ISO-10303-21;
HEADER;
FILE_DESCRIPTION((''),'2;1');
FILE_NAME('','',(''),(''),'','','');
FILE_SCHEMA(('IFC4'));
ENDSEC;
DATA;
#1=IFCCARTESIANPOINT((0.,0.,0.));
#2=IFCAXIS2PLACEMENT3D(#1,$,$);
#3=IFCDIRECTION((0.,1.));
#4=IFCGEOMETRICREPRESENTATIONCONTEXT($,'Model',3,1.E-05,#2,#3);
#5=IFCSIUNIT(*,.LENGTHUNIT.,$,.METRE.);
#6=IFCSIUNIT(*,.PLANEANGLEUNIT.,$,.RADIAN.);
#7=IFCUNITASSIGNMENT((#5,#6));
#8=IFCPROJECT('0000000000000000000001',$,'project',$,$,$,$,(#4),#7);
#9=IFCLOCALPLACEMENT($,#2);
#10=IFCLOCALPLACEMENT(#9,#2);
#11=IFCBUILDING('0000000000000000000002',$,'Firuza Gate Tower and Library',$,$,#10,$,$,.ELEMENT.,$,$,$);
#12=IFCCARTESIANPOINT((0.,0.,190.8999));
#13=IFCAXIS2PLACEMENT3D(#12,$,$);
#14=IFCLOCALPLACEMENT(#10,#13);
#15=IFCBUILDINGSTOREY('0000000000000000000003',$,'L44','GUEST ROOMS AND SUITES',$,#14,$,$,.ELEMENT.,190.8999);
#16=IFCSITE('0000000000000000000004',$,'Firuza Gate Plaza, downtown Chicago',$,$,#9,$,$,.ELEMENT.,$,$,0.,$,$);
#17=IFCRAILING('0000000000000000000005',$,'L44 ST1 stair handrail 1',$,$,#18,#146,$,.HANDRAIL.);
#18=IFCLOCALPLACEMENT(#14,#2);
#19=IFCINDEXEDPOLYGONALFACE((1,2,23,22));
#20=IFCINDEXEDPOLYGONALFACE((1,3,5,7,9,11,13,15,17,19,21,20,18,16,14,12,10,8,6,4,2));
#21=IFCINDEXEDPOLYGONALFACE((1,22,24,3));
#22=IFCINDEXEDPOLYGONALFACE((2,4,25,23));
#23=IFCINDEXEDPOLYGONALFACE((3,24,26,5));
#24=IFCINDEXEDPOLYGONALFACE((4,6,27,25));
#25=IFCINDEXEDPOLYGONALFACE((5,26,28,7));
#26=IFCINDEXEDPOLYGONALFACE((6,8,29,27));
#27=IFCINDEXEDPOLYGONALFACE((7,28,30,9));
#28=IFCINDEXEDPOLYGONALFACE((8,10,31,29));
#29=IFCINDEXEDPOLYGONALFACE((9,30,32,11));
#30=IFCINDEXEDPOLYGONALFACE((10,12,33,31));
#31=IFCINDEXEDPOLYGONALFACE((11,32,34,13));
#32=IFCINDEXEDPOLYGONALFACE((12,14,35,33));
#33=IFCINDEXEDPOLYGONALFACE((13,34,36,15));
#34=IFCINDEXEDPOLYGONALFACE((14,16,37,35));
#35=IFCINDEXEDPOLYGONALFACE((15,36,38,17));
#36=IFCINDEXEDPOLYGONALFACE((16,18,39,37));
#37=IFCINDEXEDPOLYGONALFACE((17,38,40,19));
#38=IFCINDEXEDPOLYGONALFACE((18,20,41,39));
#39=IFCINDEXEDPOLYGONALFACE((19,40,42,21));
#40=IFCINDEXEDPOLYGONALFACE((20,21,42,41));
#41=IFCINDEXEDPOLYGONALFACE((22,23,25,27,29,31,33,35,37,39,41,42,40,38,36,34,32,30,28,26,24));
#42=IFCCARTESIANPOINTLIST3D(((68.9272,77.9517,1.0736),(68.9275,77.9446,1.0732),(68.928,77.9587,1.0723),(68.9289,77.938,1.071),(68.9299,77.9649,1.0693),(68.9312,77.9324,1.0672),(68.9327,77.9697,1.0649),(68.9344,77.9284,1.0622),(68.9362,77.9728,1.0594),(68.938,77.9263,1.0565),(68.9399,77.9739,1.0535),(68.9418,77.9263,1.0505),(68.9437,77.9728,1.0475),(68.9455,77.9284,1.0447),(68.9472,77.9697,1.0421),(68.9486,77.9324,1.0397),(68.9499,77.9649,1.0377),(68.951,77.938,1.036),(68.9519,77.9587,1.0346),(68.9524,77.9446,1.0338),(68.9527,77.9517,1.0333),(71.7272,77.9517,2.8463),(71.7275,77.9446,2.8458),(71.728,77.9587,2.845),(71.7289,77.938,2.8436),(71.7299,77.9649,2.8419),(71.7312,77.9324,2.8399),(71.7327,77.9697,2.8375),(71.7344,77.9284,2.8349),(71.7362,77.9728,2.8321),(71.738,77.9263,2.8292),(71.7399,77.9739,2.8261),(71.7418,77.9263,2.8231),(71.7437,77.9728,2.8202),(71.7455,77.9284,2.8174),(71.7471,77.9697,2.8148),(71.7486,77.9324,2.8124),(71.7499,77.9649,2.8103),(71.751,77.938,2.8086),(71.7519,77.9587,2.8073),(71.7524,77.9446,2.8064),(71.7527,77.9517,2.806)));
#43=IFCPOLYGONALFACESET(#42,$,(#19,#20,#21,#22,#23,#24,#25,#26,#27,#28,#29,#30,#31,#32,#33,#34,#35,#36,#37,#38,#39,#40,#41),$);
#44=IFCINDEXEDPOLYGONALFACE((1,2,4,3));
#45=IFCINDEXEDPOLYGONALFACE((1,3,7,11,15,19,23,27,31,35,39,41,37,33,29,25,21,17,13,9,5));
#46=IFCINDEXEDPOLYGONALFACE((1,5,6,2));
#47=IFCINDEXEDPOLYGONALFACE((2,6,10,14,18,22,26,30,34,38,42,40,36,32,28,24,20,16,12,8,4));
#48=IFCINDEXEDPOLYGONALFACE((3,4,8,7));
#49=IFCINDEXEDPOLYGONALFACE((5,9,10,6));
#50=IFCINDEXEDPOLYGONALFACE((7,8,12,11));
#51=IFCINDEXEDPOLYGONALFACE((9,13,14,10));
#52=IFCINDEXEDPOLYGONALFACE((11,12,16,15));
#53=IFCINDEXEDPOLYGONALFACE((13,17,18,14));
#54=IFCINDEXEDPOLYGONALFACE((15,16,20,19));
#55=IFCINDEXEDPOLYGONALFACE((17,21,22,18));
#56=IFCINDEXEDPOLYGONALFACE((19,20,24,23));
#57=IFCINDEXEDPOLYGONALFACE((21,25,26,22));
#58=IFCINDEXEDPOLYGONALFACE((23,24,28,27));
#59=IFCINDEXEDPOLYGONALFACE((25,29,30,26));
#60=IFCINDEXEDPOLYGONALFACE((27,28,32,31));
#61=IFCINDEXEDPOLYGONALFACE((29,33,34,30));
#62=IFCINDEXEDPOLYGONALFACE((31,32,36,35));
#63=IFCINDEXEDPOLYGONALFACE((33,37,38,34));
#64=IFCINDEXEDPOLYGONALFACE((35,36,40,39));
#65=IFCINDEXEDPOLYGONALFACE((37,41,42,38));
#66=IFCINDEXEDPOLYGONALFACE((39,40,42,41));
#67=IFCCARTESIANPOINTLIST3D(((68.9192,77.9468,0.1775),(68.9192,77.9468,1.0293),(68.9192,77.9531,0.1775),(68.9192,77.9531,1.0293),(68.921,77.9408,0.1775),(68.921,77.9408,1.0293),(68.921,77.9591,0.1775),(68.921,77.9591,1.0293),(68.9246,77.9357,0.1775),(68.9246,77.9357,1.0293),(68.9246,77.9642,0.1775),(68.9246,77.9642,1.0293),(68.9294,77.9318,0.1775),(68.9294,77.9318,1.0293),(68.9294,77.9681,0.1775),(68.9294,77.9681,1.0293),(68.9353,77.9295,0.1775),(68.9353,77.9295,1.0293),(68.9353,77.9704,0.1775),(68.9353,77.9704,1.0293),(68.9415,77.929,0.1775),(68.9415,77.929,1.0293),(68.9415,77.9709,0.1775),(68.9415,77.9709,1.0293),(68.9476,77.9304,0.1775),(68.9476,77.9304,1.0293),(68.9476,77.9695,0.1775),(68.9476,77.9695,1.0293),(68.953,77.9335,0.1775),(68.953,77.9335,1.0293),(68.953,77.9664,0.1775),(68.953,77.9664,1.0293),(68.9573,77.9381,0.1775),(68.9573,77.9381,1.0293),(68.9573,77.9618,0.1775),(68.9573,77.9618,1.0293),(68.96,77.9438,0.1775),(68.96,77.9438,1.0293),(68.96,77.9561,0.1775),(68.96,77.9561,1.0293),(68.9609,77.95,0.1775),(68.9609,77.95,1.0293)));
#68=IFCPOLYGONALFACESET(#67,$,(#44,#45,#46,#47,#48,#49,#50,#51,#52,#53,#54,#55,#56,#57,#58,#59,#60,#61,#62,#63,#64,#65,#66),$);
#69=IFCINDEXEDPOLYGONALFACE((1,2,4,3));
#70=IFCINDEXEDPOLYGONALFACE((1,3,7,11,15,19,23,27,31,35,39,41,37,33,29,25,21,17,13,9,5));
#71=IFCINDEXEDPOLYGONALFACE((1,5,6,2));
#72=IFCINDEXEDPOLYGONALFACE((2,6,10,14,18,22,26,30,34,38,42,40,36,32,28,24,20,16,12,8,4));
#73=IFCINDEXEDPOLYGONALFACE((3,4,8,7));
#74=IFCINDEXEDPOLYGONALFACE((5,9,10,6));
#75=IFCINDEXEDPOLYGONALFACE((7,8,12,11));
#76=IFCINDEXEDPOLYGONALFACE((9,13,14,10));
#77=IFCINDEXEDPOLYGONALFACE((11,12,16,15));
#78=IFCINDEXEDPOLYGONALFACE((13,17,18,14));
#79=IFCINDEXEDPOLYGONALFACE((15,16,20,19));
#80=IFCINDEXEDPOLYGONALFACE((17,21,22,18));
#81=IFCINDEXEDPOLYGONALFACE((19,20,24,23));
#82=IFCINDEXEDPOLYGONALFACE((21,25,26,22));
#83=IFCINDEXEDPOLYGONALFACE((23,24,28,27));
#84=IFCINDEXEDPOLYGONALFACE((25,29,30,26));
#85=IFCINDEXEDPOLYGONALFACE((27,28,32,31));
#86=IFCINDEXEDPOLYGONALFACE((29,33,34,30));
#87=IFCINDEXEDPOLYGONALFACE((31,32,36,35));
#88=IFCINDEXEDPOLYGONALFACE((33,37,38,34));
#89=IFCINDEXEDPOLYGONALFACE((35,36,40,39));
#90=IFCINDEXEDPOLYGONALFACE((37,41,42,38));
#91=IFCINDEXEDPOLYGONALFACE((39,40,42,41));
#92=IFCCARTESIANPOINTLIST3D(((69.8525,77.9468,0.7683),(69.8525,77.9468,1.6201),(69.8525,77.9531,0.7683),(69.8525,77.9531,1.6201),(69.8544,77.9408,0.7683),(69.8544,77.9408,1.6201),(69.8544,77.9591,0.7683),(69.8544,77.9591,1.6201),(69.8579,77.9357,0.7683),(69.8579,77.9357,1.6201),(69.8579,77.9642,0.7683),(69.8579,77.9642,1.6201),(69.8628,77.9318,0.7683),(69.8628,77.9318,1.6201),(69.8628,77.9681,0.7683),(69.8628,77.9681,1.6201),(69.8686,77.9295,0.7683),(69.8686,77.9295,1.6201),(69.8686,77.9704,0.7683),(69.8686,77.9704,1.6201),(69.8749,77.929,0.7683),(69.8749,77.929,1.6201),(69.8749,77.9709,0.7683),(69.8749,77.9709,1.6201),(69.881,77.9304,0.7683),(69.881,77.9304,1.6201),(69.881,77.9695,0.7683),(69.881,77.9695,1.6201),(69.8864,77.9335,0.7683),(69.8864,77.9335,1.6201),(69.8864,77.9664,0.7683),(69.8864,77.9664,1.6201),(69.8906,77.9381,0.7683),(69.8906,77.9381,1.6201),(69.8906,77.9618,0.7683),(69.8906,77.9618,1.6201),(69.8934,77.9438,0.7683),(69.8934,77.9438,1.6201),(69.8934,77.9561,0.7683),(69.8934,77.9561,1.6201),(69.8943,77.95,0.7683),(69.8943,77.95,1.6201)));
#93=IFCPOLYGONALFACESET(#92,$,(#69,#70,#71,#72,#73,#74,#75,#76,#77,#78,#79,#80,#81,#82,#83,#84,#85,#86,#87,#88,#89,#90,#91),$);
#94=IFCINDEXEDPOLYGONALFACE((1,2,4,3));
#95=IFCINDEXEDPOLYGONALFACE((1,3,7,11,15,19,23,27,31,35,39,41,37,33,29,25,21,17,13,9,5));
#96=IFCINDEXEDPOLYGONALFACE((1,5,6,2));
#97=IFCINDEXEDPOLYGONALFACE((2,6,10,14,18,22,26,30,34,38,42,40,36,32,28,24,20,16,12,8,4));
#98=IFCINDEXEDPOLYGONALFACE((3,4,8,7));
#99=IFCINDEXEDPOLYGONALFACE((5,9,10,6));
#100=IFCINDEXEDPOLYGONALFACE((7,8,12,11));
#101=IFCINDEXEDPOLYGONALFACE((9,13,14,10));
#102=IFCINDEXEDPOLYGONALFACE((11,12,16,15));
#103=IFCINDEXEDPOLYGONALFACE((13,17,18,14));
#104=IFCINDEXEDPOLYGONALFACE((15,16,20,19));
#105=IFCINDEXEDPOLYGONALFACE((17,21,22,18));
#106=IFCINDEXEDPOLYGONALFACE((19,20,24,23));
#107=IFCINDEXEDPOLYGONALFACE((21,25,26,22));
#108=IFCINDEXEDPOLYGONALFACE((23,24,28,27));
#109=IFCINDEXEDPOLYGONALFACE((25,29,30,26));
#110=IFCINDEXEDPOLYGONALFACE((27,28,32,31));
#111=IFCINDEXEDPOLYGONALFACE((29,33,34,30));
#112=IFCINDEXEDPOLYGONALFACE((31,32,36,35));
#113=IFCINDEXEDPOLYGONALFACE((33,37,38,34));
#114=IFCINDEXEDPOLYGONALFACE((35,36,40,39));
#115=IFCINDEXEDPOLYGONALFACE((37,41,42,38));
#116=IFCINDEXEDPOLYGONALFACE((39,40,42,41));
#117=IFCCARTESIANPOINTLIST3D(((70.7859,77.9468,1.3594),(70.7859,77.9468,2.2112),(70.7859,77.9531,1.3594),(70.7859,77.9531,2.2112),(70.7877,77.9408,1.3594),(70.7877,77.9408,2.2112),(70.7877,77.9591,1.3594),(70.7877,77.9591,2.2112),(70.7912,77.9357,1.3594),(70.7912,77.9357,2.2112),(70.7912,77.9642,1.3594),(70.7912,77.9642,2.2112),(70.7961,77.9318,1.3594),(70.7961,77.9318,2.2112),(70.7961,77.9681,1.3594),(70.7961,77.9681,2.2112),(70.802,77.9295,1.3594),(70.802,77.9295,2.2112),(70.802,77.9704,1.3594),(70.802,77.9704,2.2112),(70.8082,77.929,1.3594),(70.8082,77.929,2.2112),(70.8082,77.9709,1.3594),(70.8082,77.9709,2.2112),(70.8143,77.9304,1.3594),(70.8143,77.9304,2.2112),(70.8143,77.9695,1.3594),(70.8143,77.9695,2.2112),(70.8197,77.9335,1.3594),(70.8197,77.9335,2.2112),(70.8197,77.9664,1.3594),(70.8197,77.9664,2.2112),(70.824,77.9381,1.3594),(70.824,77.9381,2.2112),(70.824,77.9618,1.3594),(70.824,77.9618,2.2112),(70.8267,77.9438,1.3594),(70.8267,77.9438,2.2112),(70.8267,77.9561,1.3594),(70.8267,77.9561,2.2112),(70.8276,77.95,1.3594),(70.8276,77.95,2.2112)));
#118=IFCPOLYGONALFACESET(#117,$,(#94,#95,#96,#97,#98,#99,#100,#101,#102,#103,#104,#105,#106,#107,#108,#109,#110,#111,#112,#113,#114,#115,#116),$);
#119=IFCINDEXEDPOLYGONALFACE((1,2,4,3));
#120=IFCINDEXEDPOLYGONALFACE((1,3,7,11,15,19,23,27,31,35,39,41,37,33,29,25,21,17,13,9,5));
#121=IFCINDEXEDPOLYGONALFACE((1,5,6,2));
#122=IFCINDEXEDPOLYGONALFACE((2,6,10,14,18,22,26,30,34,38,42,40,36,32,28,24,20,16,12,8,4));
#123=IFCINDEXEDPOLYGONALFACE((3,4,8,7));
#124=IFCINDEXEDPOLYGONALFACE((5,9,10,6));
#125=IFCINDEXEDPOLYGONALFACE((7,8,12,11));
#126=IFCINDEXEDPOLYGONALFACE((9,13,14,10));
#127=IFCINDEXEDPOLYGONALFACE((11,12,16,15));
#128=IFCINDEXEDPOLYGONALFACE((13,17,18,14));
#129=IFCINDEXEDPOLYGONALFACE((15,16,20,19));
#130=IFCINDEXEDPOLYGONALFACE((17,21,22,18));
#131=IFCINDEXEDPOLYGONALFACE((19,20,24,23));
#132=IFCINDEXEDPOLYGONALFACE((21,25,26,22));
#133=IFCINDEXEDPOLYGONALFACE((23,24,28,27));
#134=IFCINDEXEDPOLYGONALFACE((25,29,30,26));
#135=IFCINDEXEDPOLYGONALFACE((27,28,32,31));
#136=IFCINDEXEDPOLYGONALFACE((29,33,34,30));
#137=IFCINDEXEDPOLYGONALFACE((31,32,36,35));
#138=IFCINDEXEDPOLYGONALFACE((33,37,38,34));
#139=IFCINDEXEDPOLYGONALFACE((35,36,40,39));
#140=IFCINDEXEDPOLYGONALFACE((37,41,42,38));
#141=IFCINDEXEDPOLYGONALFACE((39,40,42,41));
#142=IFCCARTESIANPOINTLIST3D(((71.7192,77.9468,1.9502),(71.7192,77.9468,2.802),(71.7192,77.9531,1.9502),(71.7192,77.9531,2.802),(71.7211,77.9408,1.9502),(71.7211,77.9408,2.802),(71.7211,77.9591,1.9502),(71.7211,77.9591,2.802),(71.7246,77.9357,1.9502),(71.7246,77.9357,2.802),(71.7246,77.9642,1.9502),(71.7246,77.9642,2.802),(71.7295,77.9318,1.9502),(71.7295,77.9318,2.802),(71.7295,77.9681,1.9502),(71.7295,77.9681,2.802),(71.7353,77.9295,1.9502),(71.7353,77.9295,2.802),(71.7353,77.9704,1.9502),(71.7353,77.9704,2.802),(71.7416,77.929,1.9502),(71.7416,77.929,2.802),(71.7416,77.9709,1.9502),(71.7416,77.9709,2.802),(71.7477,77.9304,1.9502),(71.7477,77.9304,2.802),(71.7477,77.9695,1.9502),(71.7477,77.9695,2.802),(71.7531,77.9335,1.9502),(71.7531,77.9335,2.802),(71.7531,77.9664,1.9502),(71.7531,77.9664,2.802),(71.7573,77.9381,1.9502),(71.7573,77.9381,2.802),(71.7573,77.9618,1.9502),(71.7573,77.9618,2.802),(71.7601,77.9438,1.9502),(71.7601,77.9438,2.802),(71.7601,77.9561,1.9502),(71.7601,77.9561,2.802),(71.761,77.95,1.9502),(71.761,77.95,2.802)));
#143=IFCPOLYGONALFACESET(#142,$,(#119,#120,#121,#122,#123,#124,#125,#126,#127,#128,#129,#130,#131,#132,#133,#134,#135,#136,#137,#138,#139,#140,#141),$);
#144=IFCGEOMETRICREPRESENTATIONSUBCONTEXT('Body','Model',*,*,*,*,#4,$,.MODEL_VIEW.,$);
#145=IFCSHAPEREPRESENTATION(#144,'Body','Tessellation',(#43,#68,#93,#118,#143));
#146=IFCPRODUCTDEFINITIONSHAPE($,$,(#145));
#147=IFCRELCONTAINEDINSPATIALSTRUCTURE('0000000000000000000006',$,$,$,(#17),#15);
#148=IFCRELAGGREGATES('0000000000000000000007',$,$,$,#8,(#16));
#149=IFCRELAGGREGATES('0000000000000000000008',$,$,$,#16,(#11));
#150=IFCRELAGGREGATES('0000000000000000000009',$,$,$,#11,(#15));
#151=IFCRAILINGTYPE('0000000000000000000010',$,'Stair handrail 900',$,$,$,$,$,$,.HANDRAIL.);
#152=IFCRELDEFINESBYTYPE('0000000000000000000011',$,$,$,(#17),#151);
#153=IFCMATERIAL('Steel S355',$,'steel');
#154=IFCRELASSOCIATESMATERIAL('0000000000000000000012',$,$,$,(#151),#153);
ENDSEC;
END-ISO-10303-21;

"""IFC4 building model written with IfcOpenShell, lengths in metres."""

from ifc_helpers import new_model, si_unit, direction, frame, origin, origin_2d, place, context, subcontext, project, spatial, circle, extrude, material, type_object, element, save


model = new_model("IFC4")

# Units and contexts
model_context = context("Model", 3, precision=1e-05, world=origin(), true_north=direction((0.0, 1.0)))
body_context = subcontext(model_context, "Body", "Model", "MODEL_VIEW")
ifc_project = project(units=[si_unit("LENGTHUNIT", "METRE"), si_unit("PLANEANGLEUNIT", "RADIAN")], contexts=[model_context])

# Site, building, storey
site_placement = place(None, origin())
site = spatial("IfcSite", under=ifc_project, at=site_placement, Name="Firuza Gate Plaza, downtown Chicago", CompositionType="ELEMENT", RefElevation=0.0)
building_placement = place(site_placement, origin())
building = spatial("IfcBuilding", under=site, at=building_placement, Name="Firuza Gate Tower and Library", CompositionType="ELEMENT")
storey_placement = place(building_placement, frame((0.0, 0.0, 190.8999)))
storey = spatial("IfcBuildingStorey", under=building, at=storey_placement, Name="L44", Description="GUEST ROOMS AND SUITES", CompositionType="ELEMENT", Elevation=190.8999)

# Railing
ifc_material_1 = material(Name="Steel S355", Category="steel")
railing_type_1 = type_object("IfcRailingType", Name="Stair handrail 900", PredefinedType="HANDRAIL", material=ifc_material_1)
railing_1_placement = place(storey_placement, frame((68.9399, 77.95, 0.1775)))
element("IfcRailing", 1, at=railing_1_placement, inside=storey, type_object=railing_type_1, Name="L44 ST1 stair handrail 1", PredefinedType="HANDRAIL", context=body_context, shape_type="SweptSolid", body=[
    extrude(circle(Radius=0.0239, at=origin_2d()), frame((0.0, 0.0, 0.876), z_axis=(0.844909, 0.0, 0.53491), x_axis=(0.0, 1.0, 0.0)), (0.0, 0.0, 1.0), 3.314),
    extrude(circle(Radius=0.021, at=origin_2d()), origin(), (0.0, 0.0, 1.0), 0.8518),
    extrude(circle(Radius=0.021, at=origin_2d()), frame((0.9333, 0.0, 0.5908)), (0.0, 0.0, 1.0), 0.8518),
    extrude(circle(Radius=0.021, at=origin_2d()), frame((1.8667, 0.0, 1.1819)), (0.0, 0.0, 1.0), 0.8518),
    extrude(circle(Radius=0.021, at=origin_2d()), frame((2.8, 0.0, 1.7727)), (0.0, 0.0, 1.0), 0.8518),
])

save(model, "model.ifc")
